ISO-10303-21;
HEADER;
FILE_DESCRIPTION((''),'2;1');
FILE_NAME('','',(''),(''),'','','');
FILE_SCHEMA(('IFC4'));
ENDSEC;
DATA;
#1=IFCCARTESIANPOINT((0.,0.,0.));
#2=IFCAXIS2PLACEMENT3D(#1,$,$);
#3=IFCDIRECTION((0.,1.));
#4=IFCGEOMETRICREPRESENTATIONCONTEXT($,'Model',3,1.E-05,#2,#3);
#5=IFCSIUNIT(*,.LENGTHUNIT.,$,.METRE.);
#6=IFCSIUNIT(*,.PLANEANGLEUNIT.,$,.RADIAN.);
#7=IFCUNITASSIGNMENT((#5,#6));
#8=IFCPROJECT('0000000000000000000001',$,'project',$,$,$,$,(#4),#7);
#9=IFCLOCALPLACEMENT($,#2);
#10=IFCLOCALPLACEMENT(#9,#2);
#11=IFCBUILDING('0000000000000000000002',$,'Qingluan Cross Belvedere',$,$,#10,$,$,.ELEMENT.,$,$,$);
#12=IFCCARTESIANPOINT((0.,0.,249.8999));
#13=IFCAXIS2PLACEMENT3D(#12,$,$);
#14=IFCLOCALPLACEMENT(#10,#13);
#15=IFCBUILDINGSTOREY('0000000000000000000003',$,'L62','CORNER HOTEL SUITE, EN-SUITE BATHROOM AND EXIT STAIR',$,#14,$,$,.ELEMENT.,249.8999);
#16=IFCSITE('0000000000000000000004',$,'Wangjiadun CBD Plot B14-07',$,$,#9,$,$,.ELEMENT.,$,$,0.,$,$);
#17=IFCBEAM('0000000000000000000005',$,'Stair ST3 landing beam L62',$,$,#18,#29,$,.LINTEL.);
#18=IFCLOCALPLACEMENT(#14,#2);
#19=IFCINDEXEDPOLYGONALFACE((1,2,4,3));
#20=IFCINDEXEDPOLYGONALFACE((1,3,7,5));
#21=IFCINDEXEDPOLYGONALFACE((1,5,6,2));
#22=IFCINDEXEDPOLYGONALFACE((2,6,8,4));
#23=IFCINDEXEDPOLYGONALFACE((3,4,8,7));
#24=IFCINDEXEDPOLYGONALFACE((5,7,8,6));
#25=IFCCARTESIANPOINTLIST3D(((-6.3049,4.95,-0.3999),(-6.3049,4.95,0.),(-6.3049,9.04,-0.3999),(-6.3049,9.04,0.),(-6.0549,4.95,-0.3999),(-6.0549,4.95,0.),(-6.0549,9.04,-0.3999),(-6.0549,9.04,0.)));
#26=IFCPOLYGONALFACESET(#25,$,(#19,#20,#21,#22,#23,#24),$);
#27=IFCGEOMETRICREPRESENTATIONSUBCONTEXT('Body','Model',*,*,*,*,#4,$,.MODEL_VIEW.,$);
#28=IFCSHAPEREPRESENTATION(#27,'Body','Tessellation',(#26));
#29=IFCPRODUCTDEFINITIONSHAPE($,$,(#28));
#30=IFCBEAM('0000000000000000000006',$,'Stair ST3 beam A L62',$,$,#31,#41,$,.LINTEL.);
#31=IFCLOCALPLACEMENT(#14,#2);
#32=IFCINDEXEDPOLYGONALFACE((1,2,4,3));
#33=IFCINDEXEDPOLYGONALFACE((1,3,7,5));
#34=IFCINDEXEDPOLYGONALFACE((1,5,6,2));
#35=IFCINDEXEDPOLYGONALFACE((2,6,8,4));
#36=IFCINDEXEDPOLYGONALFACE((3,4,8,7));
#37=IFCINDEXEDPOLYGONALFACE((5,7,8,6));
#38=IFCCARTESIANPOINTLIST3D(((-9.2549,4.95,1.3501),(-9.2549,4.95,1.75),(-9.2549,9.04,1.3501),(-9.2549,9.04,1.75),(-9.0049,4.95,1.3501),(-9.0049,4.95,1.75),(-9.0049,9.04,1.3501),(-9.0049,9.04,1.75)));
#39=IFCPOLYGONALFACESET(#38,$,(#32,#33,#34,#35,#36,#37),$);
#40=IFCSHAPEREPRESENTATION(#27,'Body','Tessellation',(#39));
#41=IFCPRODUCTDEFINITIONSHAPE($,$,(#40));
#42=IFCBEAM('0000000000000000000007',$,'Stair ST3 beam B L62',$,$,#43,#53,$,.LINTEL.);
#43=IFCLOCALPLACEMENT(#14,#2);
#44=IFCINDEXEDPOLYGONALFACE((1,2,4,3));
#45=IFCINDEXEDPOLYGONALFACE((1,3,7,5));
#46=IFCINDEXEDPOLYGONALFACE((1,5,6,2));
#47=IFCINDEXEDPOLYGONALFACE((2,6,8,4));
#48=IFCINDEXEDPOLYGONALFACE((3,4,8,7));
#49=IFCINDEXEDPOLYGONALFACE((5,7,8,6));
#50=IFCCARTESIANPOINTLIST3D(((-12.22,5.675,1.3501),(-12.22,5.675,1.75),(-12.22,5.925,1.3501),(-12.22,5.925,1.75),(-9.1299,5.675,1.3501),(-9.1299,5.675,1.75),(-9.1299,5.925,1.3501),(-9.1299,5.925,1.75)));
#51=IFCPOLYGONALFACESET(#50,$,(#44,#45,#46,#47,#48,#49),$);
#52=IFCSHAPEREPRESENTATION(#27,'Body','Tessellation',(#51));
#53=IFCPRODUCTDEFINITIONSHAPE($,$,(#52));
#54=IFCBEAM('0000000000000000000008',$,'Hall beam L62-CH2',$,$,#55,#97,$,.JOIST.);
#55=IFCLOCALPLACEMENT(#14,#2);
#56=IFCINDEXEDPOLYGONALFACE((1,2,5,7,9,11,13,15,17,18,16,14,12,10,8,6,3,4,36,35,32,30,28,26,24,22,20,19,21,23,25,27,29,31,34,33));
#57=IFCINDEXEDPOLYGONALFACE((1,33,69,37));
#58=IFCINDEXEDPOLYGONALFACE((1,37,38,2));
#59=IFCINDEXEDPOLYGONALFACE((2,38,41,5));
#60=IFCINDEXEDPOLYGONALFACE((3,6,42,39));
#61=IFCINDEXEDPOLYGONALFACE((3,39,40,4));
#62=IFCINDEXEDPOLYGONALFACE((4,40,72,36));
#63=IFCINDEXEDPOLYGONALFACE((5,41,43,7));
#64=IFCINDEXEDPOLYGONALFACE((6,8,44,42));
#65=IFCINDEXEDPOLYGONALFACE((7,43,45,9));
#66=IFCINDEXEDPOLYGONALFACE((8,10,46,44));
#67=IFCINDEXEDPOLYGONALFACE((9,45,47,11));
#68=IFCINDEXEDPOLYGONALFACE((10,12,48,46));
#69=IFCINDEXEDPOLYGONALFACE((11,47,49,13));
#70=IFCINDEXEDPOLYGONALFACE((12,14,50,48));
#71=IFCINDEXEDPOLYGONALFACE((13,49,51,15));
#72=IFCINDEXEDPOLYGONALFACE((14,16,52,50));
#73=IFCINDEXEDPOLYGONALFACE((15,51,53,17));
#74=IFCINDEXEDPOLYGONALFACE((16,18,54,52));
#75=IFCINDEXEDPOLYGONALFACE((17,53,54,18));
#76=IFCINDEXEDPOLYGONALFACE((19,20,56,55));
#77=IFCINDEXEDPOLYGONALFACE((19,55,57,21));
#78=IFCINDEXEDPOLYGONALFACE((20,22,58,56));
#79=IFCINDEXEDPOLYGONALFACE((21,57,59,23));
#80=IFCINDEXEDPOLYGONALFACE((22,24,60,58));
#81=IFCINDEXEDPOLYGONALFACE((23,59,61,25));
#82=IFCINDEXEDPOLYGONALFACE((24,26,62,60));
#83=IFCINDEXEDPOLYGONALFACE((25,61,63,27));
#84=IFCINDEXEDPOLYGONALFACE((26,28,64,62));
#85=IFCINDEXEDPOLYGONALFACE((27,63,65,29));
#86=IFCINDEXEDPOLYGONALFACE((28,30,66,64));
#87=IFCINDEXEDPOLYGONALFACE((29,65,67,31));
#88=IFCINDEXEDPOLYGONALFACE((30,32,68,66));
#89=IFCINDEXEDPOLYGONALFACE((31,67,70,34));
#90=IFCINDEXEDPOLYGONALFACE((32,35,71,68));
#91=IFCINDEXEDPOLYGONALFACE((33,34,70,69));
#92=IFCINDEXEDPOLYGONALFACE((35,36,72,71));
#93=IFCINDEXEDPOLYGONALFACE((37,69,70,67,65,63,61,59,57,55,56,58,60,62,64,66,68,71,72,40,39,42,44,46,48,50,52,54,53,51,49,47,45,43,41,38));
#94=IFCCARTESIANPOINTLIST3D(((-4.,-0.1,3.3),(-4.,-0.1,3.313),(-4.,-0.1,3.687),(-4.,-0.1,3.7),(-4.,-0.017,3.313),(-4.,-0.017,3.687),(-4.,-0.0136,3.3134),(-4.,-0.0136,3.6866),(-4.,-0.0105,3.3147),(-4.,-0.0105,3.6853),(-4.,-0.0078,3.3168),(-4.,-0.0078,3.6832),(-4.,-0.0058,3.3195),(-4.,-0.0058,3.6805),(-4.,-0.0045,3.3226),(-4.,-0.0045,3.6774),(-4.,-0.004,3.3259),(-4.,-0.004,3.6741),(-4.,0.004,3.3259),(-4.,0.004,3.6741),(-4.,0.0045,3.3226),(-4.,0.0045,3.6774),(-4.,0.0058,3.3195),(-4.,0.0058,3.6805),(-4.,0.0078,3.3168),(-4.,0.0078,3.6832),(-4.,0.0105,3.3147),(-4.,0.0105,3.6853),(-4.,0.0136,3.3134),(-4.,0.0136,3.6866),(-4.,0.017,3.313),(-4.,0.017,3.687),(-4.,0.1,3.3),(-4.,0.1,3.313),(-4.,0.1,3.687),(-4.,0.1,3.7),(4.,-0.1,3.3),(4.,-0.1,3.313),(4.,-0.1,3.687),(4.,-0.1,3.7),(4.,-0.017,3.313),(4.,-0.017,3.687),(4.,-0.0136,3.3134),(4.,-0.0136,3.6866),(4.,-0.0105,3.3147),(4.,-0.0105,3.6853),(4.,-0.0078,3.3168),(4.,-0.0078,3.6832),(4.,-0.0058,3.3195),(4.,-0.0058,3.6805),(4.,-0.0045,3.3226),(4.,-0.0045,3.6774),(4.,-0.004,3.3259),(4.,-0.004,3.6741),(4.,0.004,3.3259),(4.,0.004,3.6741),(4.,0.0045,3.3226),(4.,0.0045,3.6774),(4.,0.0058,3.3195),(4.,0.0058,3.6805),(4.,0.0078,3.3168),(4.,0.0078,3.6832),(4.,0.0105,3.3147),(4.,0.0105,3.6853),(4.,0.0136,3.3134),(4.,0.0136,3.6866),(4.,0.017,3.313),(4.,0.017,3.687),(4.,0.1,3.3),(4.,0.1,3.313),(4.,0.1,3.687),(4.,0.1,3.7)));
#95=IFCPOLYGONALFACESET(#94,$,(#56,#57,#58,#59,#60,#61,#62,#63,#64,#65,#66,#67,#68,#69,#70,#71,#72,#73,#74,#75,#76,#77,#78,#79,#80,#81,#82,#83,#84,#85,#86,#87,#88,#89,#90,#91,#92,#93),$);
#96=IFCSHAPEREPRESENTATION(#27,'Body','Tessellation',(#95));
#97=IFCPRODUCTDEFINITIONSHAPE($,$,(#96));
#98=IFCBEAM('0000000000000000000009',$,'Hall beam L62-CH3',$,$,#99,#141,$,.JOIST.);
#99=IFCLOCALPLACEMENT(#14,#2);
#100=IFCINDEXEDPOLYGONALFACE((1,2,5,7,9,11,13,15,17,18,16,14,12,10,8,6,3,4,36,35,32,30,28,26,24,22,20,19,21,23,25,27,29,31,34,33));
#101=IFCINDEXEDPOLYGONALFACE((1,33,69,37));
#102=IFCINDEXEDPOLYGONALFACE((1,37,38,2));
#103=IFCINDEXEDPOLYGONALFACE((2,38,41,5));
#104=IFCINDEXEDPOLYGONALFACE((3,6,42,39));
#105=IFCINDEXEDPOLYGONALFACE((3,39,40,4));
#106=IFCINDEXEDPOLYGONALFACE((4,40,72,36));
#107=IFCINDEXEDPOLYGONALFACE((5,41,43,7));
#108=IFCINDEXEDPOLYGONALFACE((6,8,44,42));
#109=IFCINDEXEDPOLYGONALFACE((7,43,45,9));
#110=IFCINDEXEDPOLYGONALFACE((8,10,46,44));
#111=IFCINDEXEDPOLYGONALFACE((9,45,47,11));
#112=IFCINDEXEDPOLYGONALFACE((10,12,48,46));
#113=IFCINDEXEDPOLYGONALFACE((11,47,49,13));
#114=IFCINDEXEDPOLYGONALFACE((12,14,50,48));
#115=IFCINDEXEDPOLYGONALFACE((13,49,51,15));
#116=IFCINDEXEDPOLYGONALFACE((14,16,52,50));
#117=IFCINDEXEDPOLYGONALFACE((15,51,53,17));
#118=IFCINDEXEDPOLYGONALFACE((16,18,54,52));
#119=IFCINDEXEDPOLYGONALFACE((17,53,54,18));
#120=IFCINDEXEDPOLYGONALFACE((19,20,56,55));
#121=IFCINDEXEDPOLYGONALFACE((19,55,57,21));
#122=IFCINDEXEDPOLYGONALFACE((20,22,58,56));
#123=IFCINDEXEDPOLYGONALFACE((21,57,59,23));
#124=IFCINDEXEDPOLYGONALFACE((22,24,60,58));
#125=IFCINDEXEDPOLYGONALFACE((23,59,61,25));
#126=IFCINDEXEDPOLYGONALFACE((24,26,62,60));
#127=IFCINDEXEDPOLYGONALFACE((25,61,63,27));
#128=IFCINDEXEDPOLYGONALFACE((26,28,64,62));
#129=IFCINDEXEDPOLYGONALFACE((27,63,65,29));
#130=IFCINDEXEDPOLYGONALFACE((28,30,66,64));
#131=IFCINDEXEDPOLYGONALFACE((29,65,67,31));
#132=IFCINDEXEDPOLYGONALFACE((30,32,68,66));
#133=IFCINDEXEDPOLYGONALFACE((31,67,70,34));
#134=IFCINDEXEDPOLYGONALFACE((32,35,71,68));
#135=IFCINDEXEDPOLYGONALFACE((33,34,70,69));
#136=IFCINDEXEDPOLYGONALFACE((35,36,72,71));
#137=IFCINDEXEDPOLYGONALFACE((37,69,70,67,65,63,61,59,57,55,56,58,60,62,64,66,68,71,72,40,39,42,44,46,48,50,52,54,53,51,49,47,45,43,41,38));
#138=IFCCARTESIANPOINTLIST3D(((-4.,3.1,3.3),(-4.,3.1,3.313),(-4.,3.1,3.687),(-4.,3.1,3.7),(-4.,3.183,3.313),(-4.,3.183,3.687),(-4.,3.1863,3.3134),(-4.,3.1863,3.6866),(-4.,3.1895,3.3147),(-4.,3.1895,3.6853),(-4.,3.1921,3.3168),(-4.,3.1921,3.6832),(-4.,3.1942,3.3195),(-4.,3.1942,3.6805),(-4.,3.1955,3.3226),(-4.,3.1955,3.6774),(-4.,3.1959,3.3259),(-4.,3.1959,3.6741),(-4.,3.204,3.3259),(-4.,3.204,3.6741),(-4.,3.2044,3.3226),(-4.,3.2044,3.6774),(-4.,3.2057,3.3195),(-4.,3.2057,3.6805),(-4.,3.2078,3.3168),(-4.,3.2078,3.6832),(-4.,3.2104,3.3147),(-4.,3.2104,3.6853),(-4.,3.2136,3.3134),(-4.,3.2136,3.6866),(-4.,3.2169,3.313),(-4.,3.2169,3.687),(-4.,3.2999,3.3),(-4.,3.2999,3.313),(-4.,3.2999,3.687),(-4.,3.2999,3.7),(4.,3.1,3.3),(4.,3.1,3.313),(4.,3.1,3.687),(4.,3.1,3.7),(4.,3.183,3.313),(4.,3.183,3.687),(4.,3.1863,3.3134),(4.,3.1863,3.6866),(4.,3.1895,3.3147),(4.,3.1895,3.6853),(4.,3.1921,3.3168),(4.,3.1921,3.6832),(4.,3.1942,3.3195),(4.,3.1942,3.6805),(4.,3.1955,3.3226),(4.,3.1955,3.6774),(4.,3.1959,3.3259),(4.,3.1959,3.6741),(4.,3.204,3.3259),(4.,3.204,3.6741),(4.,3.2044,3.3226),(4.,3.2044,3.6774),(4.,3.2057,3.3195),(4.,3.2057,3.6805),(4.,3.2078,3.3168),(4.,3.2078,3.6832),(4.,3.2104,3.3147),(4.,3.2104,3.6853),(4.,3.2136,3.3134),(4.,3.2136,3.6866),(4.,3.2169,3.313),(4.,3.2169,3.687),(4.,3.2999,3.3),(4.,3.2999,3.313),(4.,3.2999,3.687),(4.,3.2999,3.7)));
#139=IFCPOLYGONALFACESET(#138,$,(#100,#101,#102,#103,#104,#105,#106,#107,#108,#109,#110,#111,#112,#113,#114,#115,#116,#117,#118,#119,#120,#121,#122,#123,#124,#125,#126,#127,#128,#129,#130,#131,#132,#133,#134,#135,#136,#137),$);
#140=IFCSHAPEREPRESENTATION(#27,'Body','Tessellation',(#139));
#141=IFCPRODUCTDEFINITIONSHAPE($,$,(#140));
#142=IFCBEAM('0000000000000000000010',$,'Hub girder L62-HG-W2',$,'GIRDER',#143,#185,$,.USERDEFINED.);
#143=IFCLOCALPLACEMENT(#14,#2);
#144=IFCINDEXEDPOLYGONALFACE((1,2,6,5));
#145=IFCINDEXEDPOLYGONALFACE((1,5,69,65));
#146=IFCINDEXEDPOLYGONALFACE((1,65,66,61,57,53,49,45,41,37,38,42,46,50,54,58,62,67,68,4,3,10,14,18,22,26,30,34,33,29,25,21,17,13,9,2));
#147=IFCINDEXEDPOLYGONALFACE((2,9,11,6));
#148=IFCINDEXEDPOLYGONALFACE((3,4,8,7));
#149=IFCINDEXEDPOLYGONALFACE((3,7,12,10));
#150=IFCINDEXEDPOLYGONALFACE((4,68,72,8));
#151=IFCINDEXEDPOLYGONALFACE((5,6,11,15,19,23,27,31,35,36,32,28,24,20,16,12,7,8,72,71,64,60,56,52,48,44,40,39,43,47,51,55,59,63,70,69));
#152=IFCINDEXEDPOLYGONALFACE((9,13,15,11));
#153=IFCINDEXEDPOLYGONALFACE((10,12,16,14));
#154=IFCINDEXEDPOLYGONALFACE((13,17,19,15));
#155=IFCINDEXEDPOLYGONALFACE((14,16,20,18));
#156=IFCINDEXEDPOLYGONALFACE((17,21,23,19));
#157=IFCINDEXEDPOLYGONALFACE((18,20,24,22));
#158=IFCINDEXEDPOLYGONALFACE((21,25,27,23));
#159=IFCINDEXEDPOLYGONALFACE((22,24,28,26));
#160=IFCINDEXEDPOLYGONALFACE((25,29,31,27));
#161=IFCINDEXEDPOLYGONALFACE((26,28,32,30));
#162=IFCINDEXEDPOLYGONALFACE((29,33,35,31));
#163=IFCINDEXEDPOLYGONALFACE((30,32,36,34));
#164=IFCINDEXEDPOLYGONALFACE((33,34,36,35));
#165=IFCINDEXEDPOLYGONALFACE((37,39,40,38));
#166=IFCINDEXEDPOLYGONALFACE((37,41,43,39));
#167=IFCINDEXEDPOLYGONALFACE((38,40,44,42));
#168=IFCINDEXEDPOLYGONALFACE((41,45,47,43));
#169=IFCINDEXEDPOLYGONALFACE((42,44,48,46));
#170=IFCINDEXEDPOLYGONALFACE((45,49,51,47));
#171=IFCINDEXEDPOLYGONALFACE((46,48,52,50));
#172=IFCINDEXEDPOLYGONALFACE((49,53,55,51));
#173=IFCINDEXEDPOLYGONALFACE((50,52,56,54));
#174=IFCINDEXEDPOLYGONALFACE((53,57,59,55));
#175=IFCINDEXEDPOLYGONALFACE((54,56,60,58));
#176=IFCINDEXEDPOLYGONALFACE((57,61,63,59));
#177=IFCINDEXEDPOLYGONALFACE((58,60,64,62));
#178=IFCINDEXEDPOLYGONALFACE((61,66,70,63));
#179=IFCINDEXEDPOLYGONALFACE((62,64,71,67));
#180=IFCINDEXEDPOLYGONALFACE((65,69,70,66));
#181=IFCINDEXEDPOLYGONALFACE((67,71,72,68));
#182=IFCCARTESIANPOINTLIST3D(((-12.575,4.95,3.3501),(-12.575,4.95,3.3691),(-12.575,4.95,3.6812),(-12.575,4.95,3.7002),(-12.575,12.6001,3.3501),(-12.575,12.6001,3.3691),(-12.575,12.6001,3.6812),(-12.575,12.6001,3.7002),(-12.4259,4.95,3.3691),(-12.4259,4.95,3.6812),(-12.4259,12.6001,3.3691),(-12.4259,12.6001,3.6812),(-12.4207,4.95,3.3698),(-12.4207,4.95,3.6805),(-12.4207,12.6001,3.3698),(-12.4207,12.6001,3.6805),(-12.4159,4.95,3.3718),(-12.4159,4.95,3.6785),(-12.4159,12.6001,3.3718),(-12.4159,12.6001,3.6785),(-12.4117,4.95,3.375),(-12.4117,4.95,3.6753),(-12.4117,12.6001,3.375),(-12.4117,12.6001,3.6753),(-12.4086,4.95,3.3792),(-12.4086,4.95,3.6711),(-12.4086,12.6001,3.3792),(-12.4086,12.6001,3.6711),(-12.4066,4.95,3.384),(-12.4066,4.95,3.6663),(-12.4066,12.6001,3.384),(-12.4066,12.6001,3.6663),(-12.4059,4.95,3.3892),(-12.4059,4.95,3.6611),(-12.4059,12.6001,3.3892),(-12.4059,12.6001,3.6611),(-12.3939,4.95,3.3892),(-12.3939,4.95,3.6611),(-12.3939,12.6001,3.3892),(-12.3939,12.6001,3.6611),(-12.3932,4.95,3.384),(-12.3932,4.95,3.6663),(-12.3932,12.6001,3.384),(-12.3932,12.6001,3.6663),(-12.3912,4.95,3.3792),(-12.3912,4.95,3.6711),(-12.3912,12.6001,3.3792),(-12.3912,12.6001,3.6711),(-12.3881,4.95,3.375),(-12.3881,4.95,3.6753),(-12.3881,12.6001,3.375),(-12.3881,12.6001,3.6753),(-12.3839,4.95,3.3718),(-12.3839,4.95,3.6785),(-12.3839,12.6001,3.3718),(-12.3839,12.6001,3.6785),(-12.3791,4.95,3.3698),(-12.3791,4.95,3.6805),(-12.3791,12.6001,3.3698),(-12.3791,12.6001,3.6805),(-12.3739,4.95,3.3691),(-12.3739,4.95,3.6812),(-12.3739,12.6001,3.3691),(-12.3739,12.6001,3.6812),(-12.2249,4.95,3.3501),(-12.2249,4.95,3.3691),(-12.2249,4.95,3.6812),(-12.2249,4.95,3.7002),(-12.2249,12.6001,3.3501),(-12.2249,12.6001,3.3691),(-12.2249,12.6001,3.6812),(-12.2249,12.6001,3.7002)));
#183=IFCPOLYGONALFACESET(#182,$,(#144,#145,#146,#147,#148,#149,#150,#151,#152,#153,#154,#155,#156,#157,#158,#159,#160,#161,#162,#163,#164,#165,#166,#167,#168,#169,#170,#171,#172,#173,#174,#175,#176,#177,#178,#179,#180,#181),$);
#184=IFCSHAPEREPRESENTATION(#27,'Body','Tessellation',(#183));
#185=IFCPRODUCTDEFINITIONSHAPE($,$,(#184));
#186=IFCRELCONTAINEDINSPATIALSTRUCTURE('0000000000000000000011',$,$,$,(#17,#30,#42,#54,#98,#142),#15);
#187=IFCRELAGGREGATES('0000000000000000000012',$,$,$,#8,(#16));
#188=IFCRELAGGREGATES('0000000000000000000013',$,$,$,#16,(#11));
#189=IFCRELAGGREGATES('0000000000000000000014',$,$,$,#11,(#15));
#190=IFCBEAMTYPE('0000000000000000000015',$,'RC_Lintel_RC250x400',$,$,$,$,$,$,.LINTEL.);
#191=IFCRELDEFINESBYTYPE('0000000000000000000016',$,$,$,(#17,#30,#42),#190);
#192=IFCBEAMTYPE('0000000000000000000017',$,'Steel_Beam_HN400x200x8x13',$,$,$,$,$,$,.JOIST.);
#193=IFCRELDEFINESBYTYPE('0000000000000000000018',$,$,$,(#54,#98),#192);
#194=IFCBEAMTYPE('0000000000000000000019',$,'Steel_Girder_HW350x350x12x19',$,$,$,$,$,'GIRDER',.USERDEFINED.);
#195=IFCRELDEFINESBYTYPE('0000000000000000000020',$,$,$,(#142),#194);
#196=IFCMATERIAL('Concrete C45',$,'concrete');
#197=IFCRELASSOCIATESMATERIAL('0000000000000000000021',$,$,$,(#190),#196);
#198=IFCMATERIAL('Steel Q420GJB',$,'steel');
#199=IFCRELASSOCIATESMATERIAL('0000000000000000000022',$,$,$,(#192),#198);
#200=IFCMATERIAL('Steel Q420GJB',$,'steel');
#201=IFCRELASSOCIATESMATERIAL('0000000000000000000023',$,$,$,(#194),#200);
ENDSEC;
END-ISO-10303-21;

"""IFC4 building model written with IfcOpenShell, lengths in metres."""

from ifc_helpers import new_model, si_unit, direction, frame, origin, origin_2d, place, context, subcontext, project, spatial, rectangle, i_section, extrude, material, material_profile, profile_set, type_object, element, save


model = new_model("IFC4")

# Units and contexts
model_context = context("Model", 3, precision=1e-05, world=origin(), true_north=direction((0.0, 1.0)))
body_context = subcontext(model_context, "Body", "Model", "MODEL_VIEW")
ifc_project = project(units=[si_unit("LENGTHUNIT", "METRE"), si_unit("PLANEANGLEUNIT", "RADIAN")], contexts=[model_context])

# Site, building, storey
site_placement = place(None, origin())
site = spatial("IfcSite", under=ifc_project, at=site_placement, Name="Wangjiadun CBD Plot B14-07", CompositionType="ELEMENT", RefElevation=0.0)
building_placement = place(site_placement, origin())
building = spatial("IfcBuilding", under=site, at=building_placement, Name="Qingluan Cross Belvedere", CompositionType="ELEMENT")
storey_placement = place(building_placement, frame((0.0, 0.0, 249.8999)))
storey = spatial("IfcBuildingStorey", under=building, at=storey_placement, Name="L62", Description="CORNER HOTEL SUITE, EN-SUITE BATHROOM AND EXIT STAIR", CompositionType="ELEMENT", Elevation=249.8999)

# Beams
ifc_material_1 = material(Name="Concrete C45", Category="concrete")
ifc_material_profile_1 = material_profile(ifc_material_1, rectangle(XDim=0.25, YDim=0.3999, at=origin_2d()), Name="RC250x400")
ifc_profile_set_1 = profile_set([ifc_material_profile_1], Name="Concrete C45")
beam_type_1 = type_object("IfcBeamType", Name="RC_Lintel_RC250x400", PredefinedType="LINTEL", material=ifc_profile_set_1)
for number, where, z_axis, x_axis, name in (
    (1, (-6.1799, 4.95, -0.2), (0.0, 1.0, 0.0), (-1.0, 0.0, 0.0), "Stair ST3 landing beam L62"),
    (2, (-9.1299, 4.95, 1.55), (0.0, 1.0, 0.0), (-1.0, 0.0, 0.0), "Stair ST3 beam A L62"),
):
    element("IfcBeam", number, at=place(storey_placement, frame(where, z_axis=z_axis, x_axis=x_axis)), inside=storey, type_object=beam_type_1, Name=name, PredefinedType="LINTEL", context=body_context, shape_type="SweptSolid", body=[
        extrude(rectangle(XDim=0.25, YDim=0.3999, at=origin_2d()), origin(), (0.0, 0.0, 1.0), 4.0901),
    ])
beam_1_placement = place(storey_placement, frame((-12.22, 5.8, 1.55), z_axis=(1.0, 0.0, 0.0), x_axis=(0.0, 1.0, 0.0)))
element("IfcBeam", 3, at=beam_1_placement, inside=storey, type_object=beam_type_1, Name="Stair ST3 beam B L62", PredefinedType="LINTEL", context=body_context, shape_type="SweptSolid", body=[
    extrude(rectangle(XDim=0.25, YDim=0.3999, at=origin_2d()), origin(), (0.0, 0.0, 1.0), 3.0901),
])
ifc_material_2 = material(Name="Steel Q420GJB", Category="steel")
ifc_material_profile_2 = material_profile(ifc_material_2, i_section(OverallWidth=0.2, OverallDepth=0.3999, WebThickness=0.0081, FlangeThickness=0.0129, FilletRadius=0.0129, at=origin_2d()), Name="HN400x200x8x13")
ifc_profile_set_2 = profile_set([ifc_material_profile_2], Name="Steel Q420GJB")
beam_type_2 = type_object("IfcBeamType", Name="Steel_Beam_HN400x200x8x13", PredefinedType="JOIST", material=ifc_profile_set_2)
for number, where, z_axis, x_axis, name in (
    (4, (-4.0, 0.0, 3.5), (1.0, 0.0, 0.0), (0.0, 1.0, 0.0), "Hall beam L62-CH2"),
    (5, (-4.0, 3.2, 3.5), (1.0, 0.0, 0.0), (0.0, 1.0, 0.0), "Hall beam L62-CH3"),
):
    element("IfcBeam", number, at=place(storey_placement, frame(where, z_axis=z_axis, x_axis=x_axis)), inside=storey, type_object=beam_type_2, Name=name, PredefinedType="JOIST", context=body_context, shape_type="SweptSolid", body=[
        extrude(i_section(OverallWidth=0.2, OverallDepth=0.3999, WebThickness=0.0081, FlangeThickness=0.0129, FilletRadius=0.0129, at=origin_2d()), origin(), (0.0, 0.0, 1.0), 8.0),
    ])
ifc_material_3 = material(Name="Steel Q420GJB", Category="steel")
ifc_material_profile_3 = material_profile(ifc_material_3, i_section(OverallWidth=0.3501, OverallDepth=0.3501, WebThickness=0.012, FlangeThickness=0.019, FilletRadius=0.02, at=origin_2d()), Name="HW350x350x12x19")
ifc_profile_set_3 = profile_set([ifc_material_profile_3], Name="Steel Q420GJB")
beam_type_3 = type_object("IfcBeamType", Name="Steel_Girder_HW350x350x12x19", ElementType="GIRDER", PredefinedType="USERDEFINED", material=ifc_profile_set_3)
beam_2_placement = place(storey_placement, frame((-12.3999, 4.95, 3.5251), z_axis=(0.0, 1.0, 0.0), x_axis=(-1.0, 0.0, 0.0)))
element("IfcBeam", 6, at=beam_2_placement, inside=storey, type_object=beam_type_3, Name="Hub girder L62-HG-W2", ObjectType="GIRDER", PredefinedType="USERDEFINED", context=body_context, shape_type="SweptSolid", body=[
    extrude(i_section(OverallWidth=0.3501, OverallDepth=0.3501, WebThickness=0.012, FlangeThickness=0.019, FilletRadius=0.02, at=origin_2d()), origin(), (0.0, 0.0, 1.0), 7.6501),
])

save(model, "model.ifc")
